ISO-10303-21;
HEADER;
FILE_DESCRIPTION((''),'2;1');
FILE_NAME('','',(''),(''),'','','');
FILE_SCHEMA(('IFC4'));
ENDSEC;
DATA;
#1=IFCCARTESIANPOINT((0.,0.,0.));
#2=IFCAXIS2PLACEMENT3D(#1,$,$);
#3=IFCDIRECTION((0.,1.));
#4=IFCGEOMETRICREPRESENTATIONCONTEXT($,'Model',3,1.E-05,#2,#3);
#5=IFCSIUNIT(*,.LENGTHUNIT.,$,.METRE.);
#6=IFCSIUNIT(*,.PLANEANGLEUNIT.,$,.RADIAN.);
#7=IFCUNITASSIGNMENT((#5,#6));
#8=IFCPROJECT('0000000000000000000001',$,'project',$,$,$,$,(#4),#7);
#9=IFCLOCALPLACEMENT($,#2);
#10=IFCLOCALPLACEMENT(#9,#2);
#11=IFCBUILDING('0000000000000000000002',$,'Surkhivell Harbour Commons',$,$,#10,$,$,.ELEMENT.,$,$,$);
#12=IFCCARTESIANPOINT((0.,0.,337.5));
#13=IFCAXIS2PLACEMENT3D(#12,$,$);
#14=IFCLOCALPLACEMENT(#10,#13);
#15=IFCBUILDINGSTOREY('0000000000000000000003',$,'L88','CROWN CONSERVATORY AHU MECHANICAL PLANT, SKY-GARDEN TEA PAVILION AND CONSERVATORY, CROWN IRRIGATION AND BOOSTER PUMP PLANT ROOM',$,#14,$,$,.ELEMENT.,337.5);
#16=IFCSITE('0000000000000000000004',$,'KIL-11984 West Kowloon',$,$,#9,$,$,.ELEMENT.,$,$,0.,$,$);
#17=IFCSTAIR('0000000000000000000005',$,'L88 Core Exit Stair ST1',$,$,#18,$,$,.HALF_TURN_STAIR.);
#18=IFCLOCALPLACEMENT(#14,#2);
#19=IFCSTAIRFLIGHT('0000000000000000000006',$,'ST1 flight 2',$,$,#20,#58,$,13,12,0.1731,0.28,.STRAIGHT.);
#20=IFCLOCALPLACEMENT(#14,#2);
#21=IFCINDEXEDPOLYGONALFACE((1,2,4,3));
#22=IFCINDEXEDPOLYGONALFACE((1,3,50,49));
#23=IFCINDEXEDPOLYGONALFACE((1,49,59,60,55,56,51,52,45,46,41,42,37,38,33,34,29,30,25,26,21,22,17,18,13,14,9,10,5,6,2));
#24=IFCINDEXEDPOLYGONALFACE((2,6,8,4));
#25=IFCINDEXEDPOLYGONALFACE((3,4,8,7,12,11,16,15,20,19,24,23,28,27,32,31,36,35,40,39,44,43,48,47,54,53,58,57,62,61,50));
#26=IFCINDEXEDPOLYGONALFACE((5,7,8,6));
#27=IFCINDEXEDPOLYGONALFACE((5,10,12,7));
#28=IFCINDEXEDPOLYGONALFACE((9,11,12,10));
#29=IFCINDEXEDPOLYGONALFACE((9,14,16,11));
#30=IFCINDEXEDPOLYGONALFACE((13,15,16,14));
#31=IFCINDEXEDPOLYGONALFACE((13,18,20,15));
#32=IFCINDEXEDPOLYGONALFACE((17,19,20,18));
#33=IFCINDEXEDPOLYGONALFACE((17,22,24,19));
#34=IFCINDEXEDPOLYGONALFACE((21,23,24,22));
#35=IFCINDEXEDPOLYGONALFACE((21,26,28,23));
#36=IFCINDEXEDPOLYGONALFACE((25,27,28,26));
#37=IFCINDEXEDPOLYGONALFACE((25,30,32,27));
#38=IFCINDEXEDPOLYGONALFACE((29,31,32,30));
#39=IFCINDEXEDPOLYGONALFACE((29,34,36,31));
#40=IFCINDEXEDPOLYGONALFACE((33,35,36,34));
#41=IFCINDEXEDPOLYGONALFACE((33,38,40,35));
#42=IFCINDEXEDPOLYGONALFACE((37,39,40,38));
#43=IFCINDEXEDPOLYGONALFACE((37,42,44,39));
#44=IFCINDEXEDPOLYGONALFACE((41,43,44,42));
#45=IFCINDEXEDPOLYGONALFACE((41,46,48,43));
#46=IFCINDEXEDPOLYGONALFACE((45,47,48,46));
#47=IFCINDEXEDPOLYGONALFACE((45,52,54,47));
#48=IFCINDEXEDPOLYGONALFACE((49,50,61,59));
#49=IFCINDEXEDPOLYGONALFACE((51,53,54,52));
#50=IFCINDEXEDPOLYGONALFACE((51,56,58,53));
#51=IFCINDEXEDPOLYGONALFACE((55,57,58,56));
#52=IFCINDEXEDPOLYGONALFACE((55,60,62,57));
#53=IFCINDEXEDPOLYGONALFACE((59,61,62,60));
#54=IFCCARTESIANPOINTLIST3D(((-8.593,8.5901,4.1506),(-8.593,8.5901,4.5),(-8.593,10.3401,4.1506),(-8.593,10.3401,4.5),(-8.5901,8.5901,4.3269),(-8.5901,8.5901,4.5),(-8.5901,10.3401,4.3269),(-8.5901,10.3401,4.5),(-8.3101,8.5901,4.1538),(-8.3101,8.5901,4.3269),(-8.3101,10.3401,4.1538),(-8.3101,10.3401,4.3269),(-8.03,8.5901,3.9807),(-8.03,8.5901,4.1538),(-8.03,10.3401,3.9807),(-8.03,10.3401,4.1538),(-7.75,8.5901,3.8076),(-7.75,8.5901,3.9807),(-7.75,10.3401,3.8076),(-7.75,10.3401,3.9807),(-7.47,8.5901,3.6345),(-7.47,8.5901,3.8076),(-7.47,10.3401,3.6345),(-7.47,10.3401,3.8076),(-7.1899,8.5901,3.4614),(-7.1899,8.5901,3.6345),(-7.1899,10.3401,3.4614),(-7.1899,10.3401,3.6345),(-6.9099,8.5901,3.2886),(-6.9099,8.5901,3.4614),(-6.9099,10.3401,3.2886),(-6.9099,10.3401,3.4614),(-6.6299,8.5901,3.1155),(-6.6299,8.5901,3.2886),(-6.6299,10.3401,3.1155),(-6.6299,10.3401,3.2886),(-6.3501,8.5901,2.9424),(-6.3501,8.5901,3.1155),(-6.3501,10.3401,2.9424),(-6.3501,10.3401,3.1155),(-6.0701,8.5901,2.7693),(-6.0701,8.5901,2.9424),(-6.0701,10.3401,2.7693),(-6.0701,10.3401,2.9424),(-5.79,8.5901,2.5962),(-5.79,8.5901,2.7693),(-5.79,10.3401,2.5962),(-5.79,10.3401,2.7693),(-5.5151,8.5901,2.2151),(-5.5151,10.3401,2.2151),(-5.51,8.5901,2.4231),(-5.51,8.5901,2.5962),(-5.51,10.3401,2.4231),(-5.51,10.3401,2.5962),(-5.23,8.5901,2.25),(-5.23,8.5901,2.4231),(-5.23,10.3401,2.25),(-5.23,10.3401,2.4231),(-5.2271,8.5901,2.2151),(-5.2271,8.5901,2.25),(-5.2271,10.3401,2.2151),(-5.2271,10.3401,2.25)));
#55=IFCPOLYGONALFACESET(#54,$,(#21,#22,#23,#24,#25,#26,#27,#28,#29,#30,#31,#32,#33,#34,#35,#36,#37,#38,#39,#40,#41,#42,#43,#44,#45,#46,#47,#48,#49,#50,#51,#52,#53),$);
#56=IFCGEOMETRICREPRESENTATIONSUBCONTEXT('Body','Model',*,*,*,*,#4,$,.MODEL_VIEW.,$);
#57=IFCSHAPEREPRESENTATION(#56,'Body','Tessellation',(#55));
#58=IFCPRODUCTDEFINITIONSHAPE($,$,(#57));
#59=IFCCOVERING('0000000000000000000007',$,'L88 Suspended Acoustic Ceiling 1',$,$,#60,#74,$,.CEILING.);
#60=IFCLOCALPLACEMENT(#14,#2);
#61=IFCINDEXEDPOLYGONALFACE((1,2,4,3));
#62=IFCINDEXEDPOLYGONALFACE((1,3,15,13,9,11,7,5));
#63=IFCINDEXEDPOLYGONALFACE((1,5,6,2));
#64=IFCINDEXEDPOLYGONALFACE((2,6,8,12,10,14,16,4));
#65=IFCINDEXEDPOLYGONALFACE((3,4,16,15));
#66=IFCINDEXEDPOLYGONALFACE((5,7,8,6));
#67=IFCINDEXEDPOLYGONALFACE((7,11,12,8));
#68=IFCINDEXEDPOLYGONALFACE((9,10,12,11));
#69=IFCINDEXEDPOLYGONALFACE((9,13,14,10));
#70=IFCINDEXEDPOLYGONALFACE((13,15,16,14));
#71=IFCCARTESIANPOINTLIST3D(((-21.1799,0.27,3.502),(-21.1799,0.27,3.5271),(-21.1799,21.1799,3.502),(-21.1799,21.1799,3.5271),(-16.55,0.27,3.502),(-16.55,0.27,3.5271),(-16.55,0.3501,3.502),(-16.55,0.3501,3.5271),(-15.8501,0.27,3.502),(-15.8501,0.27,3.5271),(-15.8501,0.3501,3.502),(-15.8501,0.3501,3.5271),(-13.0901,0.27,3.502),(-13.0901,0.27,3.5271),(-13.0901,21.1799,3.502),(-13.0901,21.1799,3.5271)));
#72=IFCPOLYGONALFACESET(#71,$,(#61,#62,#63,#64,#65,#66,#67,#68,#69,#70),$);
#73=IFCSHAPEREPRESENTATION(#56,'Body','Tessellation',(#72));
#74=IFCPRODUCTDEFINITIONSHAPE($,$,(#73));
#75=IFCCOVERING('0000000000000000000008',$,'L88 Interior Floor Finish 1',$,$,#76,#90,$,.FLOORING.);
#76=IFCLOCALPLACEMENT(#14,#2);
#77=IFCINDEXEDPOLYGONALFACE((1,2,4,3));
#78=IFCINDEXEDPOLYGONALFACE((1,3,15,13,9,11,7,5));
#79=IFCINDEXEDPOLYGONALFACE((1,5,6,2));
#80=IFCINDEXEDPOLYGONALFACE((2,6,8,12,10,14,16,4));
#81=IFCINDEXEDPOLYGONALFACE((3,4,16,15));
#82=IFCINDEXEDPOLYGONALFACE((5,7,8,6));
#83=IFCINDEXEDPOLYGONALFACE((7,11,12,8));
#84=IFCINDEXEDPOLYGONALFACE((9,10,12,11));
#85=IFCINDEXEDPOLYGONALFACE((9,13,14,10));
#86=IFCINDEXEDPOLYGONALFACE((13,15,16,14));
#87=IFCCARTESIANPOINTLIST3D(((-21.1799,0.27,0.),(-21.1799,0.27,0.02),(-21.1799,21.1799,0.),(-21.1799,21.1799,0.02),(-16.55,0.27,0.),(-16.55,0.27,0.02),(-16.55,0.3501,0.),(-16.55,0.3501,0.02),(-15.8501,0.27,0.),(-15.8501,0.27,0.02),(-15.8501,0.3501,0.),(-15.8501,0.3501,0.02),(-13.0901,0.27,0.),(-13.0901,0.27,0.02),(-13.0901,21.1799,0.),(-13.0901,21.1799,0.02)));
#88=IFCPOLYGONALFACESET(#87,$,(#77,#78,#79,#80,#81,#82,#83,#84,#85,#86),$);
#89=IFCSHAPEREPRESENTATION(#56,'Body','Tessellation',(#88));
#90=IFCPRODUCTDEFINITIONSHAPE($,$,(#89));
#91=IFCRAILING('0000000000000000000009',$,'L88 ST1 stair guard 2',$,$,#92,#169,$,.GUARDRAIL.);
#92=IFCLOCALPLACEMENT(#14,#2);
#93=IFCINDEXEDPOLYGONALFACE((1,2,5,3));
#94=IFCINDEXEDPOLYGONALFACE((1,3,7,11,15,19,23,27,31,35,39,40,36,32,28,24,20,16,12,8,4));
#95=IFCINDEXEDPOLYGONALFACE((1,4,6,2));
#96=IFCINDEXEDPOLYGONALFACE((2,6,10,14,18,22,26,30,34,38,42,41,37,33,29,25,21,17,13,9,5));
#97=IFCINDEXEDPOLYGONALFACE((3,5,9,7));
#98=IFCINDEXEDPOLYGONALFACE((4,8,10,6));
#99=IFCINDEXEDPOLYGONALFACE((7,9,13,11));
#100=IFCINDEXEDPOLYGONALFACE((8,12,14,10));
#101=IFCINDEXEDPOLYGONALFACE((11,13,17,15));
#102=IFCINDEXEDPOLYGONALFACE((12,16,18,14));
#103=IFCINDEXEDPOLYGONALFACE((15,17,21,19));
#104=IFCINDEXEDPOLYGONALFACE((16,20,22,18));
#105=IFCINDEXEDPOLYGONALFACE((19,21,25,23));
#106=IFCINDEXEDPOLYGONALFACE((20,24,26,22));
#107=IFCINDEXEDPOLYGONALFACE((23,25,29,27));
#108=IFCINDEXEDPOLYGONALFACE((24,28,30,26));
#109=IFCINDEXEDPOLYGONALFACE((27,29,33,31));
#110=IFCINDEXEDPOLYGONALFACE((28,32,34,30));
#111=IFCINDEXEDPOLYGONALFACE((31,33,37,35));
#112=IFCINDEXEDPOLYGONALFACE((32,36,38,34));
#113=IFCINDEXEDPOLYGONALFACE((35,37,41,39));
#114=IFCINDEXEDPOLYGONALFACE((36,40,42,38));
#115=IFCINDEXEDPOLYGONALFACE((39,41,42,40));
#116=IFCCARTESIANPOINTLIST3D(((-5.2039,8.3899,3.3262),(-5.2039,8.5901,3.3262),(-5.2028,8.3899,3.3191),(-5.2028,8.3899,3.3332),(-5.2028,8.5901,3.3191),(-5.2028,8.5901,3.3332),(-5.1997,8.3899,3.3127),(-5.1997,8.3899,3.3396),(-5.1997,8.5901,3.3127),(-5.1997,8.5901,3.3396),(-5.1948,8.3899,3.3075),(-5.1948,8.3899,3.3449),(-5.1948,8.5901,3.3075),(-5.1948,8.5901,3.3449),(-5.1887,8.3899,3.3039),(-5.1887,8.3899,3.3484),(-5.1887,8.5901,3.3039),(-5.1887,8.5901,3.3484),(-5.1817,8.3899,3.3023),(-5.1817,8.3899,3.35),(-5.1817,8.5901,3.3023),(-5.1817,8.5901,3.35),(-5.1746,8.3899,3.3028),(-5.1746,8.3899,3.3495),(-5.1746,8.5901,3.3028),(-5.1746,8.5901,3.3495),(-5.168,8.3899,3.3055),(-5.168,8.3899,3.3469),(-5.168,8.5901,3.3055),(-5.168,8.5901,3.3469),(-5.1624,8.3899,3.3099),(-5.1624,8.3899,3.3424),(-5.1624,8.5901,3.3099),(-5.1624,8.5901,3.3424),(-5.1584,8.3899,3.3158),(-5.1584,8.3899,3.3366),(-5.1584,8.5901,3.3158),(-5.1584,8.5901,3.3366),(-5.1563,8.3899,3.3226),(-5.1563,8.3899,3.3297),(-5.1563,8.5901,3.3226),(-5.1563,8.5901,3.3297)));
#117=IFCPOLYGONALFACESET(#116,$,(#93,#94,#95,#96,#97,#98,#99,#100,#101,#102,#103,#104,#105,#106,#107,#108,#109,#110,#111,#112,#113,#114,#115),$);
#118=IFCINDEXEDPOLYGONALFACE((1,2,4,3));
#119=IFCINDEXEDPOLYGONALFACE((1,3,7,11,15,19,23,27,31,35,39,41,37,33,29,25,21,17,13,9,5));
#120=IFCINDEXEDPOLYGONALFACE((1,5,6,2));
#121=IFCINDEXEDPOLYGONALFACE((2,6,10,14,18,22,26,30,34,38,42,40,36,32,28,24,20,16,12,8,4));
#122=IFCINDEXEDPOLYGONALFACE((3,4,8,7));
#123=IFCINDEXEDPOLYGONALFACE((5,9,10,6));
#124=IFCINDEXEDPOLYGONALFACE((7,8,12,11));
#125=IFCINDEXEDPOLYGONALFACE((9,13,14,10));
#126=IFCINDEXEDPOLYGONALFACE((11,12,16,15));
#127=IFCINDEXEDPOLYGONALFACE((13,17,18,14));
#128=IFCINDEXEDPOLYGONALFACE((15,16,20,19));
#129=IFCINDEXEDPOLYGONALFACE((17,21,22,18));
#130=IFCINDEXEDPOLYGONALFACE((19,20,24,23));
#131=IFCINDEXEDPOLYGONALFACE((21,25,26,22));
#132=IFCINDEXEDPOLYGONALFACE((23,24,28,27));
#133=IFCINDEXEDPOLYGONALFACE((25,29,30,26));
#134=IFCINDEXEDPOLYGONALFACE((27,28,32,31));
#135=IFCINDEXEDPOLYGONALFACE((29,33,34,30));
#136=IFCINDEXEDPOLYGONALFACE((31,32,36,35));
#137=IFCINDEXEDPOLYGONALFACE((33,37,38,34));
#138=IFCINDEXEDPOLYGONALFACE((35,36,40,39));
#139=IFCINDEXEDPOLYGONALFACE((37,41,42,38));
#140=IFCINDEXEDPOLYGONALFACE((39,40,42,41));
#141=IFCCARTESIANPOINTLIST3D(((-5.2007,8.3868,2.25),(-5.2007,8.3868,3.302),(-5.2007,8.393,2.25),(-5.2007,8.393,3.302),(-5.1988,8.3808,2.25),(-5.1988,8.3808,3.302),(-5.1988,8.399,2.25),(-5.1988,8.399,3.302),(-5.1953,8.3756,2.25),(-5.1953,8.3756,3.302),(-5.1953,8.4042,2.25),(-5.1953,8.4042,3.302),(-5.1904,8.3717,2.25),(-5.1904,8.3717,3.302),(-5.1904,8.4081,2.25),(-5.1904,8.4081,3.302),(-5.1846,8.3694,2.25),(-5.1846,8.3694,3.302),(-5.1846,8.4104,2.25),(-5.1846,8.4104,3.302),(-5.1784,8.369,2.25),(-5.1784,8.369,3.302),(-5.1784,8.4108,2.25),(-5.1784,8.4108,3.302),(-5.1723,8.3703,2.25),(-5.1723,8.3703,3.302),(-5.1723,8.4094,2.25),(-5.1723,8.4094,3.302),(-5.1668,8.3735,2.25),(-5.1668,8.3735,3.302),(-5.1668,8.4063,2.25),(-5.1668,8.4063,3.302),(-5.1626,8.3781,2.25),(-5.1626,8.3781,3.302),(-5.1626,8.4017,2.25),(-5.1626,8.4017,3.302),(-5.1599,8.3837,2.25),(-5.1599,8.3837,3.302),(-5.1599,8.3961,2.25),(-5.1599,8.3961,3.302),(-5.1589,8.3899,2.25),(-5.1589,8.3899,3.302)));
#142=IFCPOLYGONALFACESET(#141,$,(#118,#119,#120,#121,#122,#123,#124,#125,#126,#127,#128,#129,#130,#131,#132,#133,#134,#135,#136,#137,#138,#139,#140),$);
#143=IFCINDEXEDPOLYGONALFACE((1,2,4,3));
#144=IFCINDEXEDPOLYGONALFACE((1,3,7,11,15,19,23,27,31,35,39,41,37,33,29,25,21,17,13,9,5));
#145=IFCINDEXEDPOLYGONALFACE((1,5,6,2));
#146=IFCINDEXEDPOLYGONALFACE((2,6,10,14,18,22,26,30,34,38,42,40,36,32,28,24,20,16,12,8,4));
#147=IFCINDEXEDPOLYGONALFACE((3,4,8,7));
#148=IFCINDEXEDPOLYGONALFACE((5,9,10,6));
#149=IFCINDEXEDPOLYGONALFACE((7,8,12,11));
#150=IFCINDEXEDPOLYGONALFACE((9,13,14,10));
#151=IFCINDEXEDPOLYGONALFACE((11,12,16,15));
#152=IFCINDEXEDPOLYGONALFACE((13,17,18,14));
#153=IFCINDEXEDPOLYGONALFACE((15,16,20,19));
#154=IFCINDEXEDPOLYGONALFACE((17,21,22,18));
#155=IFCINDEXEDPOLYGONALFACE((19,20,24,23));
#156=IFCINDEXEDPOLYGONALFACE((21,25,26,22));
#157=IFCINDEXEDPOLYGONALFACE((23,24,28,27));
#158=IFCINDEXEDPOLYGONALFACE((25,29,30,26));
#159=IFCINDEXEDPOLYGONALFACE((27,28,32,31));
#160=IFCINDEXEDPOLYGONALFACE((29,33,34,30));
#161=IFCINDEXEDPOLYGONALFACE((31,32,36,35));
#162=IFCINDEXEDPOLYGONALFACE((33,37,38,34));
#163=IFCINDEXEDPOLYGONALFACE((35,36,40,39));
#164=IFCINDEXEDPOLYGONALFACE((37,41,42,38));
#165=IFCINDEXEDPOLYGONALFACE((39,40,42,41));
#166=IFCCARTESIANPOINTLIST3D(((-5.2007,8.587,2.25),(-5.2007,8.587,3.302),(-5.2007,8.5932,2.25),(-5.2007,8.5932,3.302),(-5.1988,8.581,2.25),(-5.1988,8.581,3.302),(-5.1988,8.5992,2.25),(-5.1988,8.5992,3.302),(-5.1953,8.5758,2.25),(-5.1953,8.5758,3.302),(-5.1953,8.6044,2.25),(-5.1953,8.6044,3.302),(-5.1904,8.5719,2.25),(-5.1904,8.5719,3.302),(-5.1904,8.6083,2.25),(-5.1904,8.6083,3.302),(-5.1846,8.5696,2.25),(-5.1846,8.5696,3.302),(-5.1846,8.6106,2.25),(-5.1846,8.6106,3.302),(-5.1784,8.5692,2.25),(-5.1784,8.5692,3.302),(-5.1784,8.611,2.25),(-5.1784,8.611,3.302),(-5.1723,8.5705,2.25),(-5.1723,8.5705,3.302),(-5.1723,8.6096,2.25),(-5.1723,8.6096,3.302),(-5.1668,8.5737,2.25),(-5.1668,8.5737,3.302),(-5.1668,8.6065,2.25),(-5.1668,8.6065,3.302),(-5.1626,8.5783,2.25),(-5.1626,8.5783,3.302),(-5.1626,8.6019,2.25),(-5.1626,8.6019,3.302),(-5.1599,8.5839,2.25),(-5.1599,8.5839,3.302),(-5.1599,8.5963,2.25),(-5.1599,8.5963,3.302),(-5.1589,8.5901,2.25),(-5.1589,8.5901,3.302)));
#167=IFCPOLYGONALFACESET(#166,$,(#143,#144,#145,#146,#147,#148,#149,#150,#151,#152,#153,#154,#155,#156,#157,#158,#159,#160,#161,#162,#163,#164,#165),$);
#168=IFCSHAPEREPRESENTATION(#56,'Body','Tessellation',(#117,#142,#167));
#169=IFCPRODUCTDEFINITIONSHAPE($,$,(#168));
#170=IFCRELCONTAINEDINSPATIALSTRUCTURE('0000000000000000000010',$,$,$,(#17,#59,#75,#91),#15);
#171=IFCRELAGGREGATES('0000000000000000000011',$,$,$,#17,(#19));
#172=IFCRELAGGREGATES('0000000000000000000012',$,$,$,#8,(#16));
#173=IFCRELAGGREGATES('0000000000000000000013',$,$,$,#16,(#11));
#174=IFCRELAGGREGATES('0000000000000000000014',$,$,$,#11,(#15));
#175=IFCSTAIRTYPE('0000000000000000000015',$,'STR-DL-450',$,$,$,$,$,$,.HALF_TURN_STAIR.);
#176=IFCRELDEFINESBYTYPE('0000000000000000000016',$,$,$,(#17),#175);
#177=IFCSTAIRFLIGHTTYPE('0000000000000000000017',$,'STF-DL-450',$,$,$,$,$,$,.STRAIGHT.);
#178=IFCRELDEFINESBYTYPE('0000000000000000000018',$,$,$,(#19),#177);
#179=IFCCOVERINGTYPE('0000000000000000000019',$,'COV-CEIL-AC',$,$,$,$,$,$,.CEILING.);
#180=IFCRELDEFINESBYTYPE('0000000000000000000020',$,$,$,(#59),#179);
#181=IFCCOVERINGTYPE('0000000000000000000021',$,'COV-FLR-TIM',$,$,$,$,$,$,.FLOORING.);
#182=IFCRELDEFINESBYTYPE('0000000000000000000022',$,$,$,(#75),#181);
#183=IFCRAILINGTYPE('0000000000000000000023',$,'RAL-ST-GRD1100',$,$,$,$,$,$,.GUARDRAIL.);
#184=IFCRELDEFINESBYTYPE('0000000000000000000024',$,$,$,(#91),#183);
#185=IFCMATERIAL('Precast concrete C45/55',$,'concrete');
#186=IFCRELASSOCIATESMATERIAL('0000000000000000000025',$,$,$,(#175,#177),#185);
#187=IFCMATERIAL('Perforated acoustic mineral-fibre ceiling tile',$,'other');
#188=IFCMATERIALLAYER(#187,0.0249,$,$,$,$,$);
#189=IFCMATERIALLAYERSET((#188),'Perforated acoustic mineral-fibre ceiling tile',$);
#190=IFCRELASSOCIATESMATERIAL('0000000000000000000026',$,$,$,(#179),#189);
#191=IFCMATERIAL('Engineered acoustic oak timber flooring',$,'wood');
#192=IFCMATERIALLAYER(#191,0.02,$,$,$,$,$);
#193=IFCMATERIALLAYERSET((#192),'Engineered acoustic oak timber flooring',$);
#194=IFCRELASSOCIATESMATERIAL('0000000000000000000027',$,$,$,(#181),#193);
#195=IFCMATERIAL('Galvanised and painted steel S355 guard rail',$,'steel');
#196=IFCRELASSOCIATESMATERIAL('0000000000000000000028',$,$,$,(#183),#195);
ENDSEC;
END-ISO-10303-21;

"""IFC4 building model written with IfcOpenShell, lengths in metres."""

from ifc_helpers import new_model, si_unit, direction, frame, origin, origin_2d, place, context, subcontext, project, spatial, polyline, circle, outline, extrude, material, layer, layer_set, type_object, element, aggregate, save


model = new_model("IFC4")

# Units and contexts
model_context = context("Model", 3, precision=1e-05, world=origin(), true_north=direction((0.0, 1.0)))
body_context = subcontext(model_context, "Body", "Model", "MODEL_VIEW")
ifc_project = project(units=[si_unit("LENGTHUNIT", "METRE"), si_unit("PLANEANGLEUNIT", "RADIAN")], contexts=[model_context])

# Site, building, storey
site_placement = place(None, origin())
site = spatial("IfcSite", under=ifc_project, at=site_placement, Name="KIL-11984 West Kowloon", CompositionType="ELEMENT", RefElevation=0.0)
building_placement = place(site_placement, origin())
building = spatial("IfcBuilding", under=site, at=building_placement, Name="Surkhivell Harbour Commons", CompositionType="ELEMENT")
storey_placement = place(building_placement, frame((0.0, 0.0, 337.5)))
storey = spatial("IfcBuildingStorey", under=building, at=storey_placement, Name="L88", Description="CROWN CONSERVATORY AHU MECHANICAL PLANT, SKY-GARDEN TEA PAVILION AND CONSERVATORY, CROWN IRRIGATION AND BOOSTER PUMP PLANT ROOM", CompositionType="ELEMENT", Elevation=337.5)

# Shared definitions
ifc_material_1 = material(Name="Precast concrete C45/55", Category="concrete")
stair_type = type_object("IfcStairType", Name="STR-DL-450", PredefinedType="HALF_TURN_STAIR", material=ifc_material_1)

# Stair, stair flight
stair_1_placement = place(storey_placement, origin())
stair_1 = element("IfcStair", 1, at=stair_1_placement, inside=storey, type_object=stair_type, Name="L88 Core Exit Stair ST1", PredefinedType="HALF_TURN_STAIR")
stair_flight_type = type_object("IfcStairFlightType", Name="STF-DL-450", PredefinedType="STRAIGHT", material=ifc_material_1)
stair_flight_placement = place(storey_placement, frame((-5.23, 9.4651, 2.25), z_axis=(0.0, 0.0, 1.0), x_axis=(-1.0, 0.0, 0.0)))
stair_flight = element("IfcStairFlight", 2, at=stair_flight_placement, type_object=stair_flight_type, Name="ST1 flight 2", NumberOfRisers=13, NumberOfTreads=12, PredefinedType="STRAIGHT", RiserHeight=0.1731, TreadLength=0.28, context=body_context, shape_type="SweptSolid", body=[
    extrude(outline(polyline([(-0.0029, -0.0349), (-0.0029, 0.0), (0.0, 0.0), (0.0, 0.1731), (0.28, 0.1731), (0.28, 0.3462), (0.5601, 0.3462), (0.5601, 0.5193), (0.8401, 0.5193), (0.8401, 0.6924), (1.1201, 0.6924), (1.1201, 0.8655), (1.3999, 0.8655), (1.3999, 1.0386), (1.6799, 1.0386), (1.6799, 1.2114), (1.96, 1.2114), (1.96, 1.3845), (2.24, 1.3845), (2.24, 1.5576), (2.52, 1.5576), (2.52, 1.7307), (2.8, 1.7307), (2.8, 1.9038), (3.0801, 1.9038), (3.0801, 2.0769), (3.3601, 2.0769), (3.3601, 2.25), (3.363, 2.25), (3.363, 1.9006), (0.2852, -0.0349), (-0.0029, -0.0349)])), frame((0.0, 0.875, 0.0), z_axis=(0.0, -1.0, 0.0), x_axis=(1.0, 0.0, 0.0)), (0.0, 0.0, 1.0), 1.75),
])
aggregate(stair_1, [stair_flight])

# Coverings
ifc_material_2 = material(Name="Perforated acoustic mineral-fibre ceiling tile", Category="other")
ifc_layer_1 = layer(ifc_material_2, 0.0249)
ifc_layer_set_1 = layer_set([ifc_layer_1], Name="Perforated acoustic mineral-fibre ceiling tile")
covering_type_1 = type_object("IfcCoveringType", Name="COV-CEIL-AC", PredefinedType="CEILING", material=ifc_layer_set_1)
covering_1_placement = place(storey_placement, frame((0.0, 0.0, 3.502)))
element("IfcCovering", 3, at=covering_1_placement, inside=storey, type_object=covering_type_1, Name="L88 Suspended Acoustic Ceiling 1", PredefinedType="CEILING", context=body_context, shape_type="SweptSolid", body=[
    extrude(outline(polyline([(-21.1799, 21.1799), (-21.1799, 0.27), (-16.55, 0.27), (-16.55, 0.3501), (-15.8501, 0.3501), (-15.8501, 0.27), (-13.0901, 0.27), (-13.0901, 21.1799), (-21.1799, 21.1799)])), origin(), (0.0, 0.0, 1.0), 0.0251),
])
ifc_material_3 = material(Name="Engineered acoustic oak timber flooring", Category="wood")
ifc_layer_2 = layer(ifc_material_3, 0.02)
ifc_layer_set_2 = layer_set([ifc_layer_2], Name="Engineered acoustic oak timber flooring")
covering_type_2 = type_object("IfcCoveringType", Name="COV-FLR-TIM", PredefinedType="FLOORING", material=ifc_layer_set_2)
covering_2_placement = place(storey_placement, origin())
element("IfcCovering", 4, at=covering_2_placement, inside=storey, type_object=covering_type_2, Name="L88 Interior Floor Finish 1", PredefinedType="FLOORING", context=body_context, shape_type="SweptSolid", body=[
    extrude(outline(polyline([(-21.1799, 21.1799), (-21.1799, 0.27), (-16.55, 0.27), (-16.55, 0.3501), (-15.8501, 0.3501), (-15.8501, 0.27), (-13.0901, 0.27), (-13.0901, 21.1799), (-21.1799, 21.1799)])), origin(), (0.0, 0.0, 1.0), 0.02),
])

# Railing
ifc_material_4 = material(Name="Galvanised and painted steel S355 guard rail", Category="steel")
railing_type_1 = type_object("IfcRailingType", Name="RAL-ST-GRD1100", PredefinedType="GUARDRAIL", material=ifc_material_4)
railing_1_placement = place(storey_placement, frame((-5.1799, 8.3899, 2.25)))
element("IfcRailing", 5, at=railing_1_placement, inside=storey, type_object=railing_type_1, Name="L88 ST1 stair guard 2", PredefinedType="GUARDRAIL", context=body_context, shape_type="SweptSolid", body=[
    extrude(circle(Radius=0.0239, at=origin_2d()), frame((0.0, 0.0, 1.0762), z_axis=(0.0, 1.0, 0.0), x_axis=(-1.0, 0.0, 0.0)), (0.0, 0.0, 1.0), 0.2002),
    extrude(circle(Radius=0.021, at=origin_2d()), origin(), (0.0, 0.0, 1.0), 1.052),
    extrude(circle(Radius=0.021, at=origin_2d()), frame((0.0, 0.2002, 0.0)), (0.0, 0.0, 1.0), 1.052),
])

save(model, "model.ifc")
